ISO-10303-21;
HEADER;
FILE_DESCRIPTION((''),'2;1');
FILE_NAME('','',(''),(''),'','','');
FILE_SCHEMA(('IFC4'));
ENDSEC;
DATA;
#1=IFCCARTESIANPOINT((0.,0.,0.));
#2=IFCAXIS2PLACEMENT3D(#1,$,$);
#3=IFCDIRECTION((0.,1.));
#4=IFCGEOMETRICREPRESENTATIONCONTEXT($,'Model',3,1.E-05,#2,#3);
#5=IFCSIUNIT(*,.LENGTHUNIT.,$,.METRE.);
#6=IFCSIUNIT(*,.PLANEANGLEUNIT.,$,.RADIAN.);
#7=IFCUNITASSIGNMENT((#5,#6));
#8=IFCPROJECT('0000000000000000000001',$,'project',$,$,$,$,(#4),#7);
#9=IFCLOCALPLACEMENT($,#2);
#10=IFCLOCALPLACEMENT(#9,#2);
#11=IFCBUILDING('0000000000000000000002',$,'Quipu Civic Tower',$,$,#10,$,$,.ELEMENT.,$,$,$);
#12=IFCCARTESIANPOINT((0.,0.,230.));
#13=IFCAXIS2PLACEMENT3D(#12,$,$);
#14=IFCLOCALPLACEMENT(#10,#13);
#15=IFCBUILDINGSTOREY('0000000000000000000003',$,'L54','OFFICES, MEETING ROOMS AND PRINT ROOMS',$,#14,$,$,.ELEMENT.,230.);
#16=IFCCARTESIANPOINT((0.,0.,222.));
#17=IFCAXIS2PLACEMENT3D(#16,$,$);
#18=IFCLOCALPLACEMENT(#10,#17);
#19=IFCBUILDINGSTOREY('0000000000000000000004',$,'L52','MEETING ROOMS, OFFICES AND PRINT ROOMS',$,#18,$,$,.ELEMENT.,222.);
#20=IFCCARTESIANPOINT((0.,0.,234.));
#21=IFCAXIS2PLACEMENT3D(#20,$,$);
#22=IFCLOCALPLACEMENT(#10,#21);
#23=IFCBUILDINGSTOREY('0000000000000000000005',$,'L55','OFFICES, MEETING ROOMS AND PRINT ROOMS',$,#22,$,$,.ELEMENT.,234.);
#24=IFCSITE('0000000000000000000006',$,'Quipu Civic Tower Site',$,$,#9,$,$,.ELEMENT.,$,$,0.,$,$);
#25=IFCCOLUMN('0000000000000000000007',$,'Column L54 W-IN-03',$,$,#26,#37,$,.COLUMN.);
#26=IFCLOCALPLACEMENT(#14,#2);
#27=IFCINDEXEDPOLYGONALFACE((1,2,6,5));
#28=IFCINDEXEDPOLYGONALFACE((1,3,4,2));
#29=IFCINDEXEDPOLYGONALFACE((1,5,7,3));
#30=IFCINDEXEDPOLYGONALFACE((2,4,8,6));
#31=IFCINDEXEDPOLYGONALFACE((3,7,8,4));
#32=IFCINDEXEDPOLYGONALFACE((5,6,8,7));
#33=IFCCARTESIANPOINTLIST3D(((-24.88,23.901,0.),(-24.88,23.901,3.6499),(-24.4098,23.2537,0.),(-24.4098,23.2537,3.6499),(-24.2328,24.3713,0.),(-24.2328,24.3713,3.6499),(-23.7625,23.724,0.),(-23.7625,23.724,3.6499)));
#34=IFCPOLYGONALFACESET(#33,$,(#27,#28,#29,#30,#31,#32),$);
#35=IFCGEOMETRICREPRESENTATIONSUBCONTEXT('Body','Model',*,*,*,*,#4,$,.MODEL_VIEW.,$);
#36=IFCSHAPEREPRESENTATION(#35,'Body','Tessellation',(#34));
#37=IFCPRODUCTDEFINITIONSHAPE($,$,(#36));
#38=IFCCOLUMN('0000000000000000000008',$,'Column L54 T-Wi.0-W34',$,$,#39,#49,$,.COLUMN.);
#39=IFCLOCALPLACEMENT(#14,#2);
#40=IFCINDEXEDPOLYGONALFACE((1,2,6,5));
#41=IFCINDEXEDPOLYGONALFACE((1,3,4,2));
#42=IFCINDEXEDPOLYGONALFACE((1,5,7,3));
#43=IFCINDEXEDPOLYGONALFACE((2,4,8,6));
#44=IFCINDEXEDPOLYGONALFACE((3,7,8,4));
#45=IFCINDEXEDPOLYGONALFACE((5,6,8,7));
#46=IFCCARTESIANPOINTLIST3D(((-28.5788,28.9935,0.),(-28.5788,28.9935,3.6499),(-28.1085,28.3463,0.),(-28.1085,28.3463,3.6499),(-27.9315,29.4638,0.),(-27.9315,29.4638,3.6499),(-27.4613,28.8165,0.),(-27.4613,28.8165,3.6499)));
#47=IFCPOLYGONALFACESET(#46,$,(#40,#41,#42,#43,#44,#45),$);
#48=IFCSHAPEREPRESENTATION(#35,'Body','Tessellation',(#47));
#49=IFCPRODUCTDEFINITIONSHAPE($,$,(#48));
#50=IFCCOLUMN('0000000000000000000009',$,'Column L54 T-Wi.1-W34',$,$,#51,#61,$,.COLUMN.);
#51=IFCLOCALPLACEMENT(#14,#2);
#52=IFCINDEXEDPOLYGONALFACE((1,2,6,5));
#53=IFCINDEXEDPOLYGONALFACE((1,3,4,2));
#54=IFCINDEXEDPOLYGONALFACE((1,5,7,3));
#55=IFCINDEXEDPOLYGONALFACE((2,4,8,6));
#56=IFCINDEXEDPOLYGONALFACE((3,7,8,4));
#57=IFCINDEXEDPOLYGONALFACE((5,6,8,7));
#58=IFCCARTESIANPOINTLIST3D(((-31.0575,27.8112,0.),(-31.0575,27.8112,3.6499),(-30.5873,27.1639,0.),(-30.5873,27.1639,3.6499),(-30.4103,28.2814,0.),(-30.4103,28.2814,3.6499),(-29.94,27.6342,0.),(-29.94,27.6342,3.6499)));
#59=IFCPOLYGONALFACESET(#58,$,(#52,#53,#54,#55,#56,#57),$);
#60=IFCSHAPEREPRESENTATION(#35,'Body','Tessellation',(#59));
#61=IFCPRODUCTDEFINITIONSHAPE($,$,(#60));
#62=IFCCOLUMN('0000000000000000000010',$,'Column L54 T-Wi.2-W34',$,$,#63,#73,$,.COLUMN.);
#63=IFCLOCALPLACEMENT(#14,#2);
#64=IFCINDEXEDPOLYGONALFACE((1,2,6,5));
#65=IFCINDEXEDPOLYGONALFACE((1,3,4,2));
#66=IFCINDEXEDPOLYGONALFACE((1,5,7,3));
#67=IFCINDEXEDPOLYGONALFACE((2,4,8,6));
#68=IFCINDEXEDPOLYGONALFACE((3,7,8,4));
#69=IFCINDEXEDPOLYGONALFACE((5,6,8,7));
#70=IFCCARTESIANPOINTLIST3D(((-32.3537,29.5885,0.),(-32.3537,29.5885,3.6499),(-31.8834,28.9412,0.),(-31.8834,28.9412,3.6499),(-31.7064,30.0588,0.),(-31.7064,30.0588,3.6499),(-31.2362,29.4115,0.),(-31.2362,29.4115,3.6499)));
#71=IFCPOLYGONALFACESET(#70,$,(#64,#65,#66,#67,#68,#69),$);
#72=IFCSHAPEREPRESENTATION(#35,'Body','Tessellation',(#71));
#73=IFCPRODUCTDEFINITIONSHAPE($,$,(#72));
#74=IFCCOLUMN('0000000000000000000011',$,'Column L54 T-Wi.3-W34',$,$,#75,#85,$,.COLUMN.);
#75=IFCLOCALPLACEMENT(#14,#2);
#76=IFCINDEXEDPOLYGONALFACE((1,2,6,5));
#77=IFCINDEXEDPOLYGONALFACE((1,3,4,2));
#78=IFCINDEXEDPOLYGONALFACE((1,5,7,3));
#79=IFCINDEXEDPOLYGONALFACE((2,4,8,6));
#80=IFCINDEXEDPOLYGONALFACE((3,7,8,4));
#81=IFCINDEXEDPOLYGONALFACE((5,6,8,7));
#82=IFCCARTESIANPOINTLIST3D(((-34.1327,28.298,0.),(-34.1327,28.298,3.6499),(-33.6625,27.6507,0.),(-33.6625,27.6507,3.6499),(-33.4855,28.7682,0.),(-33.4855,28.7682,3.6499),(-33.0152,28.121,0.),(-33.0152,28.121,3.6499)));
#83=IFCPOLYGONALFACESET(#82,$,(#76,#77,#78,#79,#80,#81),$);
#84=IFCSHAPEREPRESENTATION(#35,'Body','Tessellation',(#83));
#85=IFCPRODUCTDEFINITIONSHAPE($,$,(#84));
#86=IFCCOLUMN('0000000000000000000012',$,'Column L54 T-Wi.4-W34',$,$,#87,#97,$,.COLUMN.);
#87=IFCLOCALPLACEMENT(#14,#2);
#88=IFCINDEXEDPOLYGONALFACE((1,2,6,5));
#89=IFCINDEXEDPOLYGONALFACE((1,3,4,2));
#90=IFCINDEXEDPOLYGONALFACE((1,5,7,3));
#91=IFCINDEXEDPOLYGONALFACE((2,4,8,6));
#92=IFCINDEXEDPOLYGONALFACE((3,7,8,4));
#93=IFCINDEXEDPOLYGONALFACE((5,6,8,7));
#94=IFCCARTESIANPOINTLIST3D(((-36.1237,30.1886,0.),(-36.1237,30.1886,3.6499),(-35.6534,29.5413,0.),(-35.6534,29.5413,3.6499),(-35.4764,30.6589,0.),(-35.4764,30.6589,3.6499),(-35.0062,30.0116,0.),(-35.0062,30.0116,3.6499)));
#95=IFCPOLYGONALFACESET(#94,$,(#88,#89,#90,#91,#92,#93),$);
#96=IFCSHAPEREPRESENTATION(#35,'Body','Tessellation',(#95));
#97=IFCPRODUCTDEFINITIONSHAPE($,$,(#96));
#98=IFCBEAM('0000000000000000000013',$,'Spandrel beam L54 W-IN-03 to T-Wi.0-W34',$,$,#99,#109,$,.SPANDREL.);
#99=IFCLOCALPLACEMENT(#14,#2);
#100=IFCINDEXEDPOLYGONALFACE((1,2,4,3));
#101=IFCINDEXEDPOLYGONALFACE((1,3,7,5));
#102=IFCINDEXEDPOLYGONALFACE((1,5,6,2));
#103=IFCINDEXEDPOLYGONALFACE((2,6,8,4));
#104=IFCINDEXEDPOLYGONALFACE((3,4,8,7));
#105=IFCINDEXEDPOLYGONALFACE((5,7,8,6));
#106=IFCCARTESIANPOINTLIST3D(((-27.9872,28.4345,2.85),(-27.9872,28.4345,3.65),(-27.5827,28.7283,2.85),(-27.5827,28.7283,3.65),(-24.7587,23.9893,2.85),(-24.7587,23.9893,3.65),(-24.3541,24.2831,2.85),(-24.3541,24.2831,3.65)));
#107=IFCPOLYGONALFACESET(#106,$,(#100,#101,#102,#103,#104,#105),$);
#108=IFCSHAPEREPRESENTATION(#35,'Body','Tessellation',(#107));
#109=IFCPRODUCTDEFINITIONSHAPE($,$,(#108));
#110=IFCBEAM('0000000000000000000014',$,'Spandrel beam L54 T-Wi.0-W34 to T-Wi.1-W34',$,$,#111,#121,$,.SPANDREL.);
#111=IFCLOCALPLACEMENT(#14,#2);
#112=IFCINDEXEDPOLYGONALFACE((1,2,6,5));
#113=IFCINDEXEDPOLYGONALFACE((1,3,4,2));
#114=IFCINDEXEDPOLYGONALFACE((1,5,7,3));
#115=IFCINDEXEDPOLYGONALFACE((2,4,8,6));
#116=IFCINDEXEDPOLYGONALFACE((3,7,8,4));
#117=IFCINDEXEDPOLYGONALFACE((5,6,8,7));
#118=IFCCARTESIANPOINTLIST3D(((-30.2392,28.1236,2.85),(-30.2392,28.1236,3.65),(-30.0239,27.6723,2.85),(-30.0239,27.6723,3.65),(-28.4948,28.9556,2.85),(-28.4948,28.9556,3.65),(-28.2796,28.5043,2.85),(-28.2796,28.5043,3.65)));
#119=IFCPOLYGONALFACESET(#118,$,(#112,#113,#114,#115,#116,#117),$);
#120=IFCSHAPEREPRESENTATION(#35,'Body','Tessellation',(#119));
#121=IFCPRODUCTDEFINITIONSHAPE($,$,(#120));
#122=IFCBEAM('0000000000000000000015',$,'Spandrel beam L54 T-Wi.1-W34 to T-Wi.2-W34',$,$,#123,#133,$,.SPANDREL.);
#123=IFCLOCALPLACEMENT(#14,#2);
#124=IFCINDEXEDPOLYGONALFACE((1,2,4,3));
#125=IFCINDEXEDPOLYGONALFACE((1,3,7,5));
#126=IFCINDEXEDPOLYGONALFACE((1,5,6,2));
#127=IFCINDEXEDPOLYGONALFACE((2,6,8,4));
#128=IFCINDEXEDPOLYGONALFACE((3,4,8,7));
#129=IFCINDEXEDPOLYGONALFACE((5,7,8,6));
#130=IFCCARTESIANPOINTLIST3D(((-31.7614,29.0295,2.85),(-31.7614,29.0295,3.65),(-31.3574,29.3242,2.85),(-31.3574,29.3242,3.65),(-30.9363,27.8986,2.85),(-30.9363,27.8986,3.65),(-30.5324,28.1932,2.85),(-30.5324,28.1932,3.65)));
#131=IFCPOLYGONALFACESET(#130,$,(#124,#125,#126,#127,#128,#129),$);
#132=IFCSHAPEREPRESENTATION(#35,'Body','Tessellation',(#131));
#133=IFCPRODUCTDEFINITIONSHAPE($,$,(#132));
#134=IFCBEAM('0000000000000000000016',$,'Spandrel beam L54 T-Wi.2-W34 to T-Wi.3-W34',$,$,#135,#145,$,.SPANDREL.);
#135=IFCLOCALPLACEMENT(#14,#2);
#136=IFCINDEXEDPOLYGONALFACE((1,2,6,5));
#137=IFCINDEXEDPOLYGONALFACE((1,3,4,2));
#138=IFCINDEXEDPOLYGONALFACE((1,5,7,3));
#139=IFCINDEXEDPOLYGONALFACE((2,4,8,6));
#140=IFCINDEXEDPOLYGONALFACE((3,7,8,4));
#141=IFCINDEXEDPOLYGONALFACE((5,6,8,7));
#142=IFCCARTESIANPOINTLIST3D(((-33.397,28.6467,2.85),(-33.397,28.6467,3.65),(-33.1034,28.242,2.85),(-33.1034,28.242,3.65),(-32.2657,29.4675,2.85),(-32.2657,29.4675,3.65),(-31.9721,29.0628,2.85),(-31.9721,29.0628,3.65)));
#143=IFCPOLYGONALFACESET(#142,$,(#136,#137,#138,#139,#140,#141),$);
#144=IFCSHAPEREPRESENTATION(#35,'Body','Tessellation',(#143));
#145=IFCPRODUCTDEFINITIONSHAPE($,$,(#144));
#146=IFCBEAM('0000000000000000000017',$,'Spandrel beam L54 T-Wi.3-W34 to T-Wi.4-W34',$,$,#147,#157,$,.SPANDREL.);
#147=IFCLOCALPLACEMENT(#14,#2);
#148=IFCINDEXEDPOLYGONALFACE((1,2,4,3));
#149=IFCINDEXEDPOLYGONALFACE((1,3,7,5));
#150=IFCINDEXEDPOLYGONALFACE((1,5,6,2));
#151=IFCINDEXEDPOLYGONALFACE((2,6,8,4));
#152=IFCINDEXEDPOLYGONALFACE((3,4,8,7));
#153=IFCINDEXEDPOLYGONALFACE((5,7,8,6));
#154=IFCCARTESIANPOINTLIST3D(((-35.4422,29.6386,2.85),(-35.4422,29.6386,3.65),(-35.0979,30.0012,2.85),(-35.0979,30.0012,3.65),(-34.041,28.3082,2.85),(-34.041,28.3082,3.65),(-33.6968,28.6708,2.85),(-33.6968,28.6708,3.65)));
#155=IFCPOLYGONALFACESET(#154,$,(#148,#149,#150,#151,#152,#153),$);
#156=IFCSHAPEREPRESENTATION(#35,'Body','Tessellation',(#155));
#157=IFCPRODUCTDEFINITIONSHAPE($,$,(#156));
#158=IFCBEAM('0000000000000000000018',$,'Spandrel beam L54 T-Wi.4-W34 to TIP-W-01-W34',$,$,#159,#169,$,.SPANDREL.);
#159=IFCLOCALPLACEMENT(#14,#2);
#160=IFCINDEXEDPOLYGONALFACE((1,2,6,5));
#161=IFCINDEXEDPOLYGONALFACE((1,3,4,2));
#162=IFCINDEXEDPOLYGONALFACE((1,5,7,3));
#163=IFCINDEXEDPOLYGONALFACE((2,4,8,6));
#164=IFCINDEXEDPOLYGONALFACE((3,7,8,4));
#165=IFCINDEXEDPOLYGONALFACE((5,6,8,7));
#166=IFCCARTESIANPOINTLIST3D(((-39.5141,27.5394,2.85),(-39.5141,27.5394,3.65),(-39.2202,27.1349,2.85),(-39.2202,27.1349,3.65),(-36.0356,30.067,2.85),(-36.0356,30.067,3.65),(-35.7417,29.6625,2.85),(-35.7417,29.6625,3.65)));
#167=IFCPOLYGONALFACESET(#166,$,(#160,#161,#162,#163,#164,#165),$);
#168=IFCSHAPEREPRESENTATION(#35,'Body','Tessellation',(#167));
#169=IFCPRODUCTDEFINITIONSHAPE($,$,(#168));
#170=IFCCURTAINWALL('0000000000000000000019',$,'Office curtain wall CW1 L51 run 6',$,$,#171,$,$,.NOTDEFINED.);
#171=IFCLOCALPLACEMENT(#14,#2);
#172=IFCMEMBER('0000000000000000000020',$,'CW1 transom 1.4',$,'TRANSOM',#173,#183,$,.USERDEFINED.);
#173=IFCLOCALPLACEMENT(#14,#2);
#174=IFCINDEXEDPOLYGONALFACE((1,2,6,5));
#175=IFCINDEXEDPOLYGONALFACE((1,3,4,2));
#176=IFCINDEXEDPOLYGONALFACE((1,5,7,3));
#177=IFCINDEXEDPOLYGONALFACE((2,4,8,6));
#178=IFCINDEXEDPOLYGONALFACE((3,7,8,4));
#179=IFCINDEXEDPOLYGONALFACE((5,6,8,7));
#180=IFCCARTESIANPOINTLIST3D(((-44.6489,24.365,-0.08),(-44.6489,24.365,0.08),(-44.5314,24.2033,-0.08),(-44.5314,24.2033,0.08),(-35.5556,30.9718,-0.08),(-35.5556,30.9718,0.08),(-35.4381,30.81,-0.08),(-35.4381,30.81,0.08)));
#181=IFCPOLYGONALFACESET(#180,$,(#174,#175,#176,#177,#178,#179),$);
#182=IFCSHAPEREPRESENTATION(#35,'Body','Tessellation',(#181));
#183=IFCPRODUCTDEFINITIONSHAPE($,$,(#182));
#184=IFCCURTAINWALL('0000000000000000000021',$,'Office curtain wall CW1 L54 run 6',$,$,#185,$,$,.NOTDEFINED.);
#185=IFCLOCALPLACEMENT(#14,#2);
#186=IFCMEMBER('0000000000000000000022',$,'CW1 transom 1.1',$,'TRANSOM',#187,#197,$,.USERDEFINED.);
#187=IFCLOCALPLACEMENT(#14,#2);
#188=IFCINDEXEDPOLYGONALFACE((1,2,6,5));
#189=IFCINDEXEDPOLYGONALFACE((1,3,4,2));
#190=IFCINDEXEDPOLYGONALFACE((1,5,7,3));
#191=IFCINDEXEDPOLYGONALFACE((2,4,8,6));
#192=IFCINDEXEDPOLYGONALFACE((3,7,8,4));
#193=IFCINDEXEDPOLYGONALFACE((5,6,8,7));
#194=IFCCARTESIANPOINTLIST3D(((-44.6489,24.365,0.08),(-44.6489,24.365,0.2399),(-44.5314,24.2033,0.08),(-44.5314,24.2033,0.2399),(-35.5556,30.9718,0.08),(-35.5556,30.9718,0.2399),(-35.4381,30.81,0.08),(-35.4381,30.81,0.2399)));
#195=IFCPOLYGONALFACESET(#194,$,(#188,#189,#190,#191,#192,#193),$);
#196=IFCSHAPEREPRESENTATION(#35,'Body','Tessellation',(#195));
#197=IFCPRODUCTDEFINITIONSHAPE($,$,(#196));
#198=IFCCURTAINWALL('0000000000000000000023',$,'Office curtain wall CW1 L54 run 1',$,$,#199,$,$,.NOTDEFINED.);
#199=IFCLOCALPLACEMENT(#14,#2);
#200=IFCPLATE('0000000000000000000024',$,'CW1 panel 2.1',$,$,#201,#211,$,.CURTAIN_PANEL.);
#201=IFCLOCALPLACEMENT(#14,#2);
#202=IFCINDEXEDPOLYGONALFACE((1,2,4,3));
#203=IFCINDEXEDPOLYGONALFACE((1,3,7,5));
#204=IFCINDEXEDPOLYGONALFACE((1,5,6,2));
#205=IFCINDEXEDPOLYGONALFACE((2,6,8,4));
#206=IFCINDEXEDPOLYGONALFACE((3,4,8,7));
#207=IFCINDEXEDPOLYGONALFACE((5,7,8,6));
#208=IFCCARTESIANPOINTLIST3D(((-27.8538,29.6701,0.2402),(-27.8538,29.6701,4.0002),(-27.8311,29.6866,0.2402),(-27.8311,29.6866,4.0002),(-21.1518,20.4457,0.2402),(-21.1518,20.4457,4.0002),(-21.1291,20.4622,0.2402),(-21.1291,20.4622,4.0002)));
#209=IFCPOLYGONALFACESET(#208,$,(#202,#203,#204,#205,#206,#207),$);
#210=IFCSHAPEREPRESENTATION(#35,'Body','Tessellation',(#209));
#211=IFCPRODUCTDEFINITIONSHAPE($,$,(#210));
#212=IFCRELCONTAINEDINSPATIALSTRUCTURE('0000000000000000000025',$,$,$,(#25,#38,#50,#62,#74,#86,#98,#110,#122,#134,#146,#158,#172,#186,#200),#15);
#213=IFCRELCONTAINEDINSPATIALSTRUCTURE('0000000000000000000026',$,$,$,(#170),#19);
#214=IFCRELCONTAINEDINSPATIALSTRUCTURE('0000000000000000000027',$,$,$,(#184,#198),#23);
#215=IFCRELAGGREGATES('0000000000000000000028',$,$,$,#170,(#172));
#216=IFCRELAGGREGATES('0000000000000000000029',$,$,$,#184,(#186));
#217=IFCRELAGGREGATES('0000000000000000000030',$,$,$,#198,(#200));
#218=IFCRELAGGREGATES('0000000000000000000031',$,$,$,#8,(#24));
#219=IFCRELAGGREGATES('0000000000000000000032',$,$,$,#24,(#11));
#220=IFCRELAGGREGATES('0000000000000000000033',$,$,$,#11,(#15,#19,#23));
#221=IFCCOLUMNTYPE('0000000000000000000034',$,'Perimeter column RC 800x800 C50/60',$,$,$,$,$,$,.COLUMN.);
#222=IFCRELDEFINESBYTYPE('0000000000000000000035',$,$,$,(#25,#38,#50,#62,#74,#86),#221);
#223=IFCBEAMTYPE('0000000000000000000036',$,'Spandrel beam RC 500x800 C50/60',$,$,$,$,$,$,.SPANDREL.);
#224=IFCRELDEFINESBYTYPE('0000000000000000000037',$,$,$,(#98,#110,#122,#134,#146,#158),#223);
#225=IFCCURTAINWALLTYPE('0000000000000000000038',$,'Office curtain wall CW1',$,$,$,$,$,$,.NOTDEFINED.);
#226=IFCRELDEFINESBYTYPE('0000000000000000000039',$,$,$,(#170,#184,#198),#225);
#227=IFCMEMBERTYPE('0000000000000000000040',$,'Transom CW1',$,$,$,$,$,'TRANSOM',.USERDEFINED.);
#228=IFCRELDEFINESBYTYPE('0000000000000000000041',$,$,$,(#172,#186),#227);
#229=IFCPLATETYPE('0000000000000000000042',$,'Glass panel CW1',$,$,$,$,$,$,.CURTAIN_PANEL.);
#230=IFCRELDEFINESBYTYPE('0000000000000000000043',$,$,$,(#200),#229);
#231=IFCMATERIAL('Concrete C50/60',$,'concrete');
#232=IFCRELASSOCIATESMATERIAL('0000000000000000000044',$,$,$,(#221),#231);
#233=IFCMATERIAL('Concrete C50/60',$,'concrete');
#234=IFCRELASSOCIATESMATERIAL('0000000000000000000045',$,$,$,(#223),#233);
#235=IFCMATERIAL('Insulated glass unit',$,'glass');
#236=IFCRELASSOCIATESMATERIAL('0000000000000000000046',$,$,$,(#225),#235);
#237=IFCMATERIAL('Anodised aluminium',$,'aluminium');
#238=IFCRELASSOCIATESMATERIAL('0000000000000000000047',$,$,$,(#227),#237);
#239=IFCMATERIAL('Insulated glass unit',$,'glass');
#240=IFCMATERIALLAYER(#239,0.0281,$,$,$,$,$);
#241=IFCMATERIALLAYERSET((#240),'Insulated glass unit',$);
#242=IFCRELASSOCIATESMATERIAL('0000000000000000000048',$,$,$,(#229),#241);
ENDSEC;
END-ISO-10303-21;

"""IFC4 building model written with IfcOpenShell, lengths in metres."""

from ifc_helpers import new_model, si_unit, direction, frame, origin, origin_2d, place, context, subcontext, project, spatial, rectangle, extrude, material, layer, layer_set, material_profile, profile_set, type_object, element, aggregate, save


model = new_model("IFC4")

# Units and contexts
model_context = context("Model", 3, precision=1e-05, world=origin(), true_north=direction((0.0, 1.0)))
body_context = subcontext(model_context, "Body", "Model", "MODEL_VIEW")
ifc_project = project(units=[si_unit("LENGTHUNIT", "METRE"), si_unit("PLANEANGLEUNIT", "RADIAN")], contexts=[model_context])

# Site, building, storey
site_placement = place(None, origin())
site = spatial("IfcSite", under=ifc_project, at=site_placement, Name="Quipu Civic Tower Site", CompositionType="ELEMENT", RefElevation=0.0)
building_placement = place(site_placement, origin())
building = spatial("IfcBuilding", under=site, at=building_placement, Name="Quipu Civic Tower", CompositionType="ELEMENT")
storey_1_placement = place(building_placement, frame((0.0, 0.0, 230.0)))
storey_1 = spatial("IfcBuildingStorey", under=building, at=storey_1_placement, Name="L54", Description="OFFICES, MEETING ROOMS AND PRINT ROOMS", CompositionType="ELEMENT", Elevation=230.0)

# Columns
ifc_material_1 = material(Name="Concrete C50/60", Category="concrete")
ifc_material_profile_1 = material_profile(ifc_material_1, rectangle(XDim=0.8, YDim=0.8, at=origin_2d()), Name="RC800x800")
ifc_profile_set_1 = profile_set([ifc_material_profile_1], Name="Concrete C50/60")
column_type = type_object("IfcColumnType", Name="Perimeter column RC 800x800 C50/60", PredefinedType="COLUMN", material=ifc_profile_set_1)
for number, where, z_axis, x_axis, name in (
    (1, (-24.3213, 23.8125, 0.0), (0.0, 0.0, 1.0), (-0.587785, 0.809017, 0.0), "Column L54 W-IN-03"),
    (2, (-28.02, 28.905, 0.0), (0.0, 0.0, 1.0), (-0.809017, -0.587785, 0.0), "Column L54 T-Wi.0-W34"),
    (3, (-30.4988, 27.7227, 0.0), (0.0, 0.0, 1.0), (-0.809017, -0.587785, 0.0), "Column L54 T-Wi.1-W34"),
    (4, (-31.7949, 29.5, 0.0), (0.0, 0.0, 1.0), (-0.587785, 0.809017, 0.0), "Column L54 T-Wi.2-W34"),
    (5, (-33.574, 28.2095, 0.0), (0.0, 0.0, 1.0), (-0.587785, 0.809017, 0.0), "Column L54 T-Wi.3-W34"),
    (6, (-35.5649, 30.1001, 0.0), (0.0, 0.0, 1.0), (-0.809017, -0.587785, 0.0), "Column L54 T-Wi.4-W34"),
):
    element("IfcColumn", number, at=place(storey_1_placement, frame(where, z_axis=z_axis, x_axis=x_axis)), inside=storey_1, type_object=column_type, Name=name, PredefinedType="COLUMN", context=body_context, shape_type="SweptSolid", body=[
        extrude(rectangle(XDim=0.8, YDim=0.8, at=origin_2d()), origin(), (0.0, 0.0, 1.0), 3.6499),
    ])

# Beams
ifc_material_2 = material(Name="Concrete C50/60", Category="concrete")
ifc_material_profile_2 = material_profile(ifc_material_2, rectangle(XDim=0.5, YDim=0.8, at=origin_2d()), Name="RC500x800")
ifc_profile_set_2 = profile_set([ifc_material_profile_2], Name="Concrete C50/60")
beam_type = type_object("IfcBeamType", Name="Spandrel beam RC 500x800 C50/60", PredefinedType="SPANDREL", material=ifc_profile_set_2)
beam_1_placement = place(storey_1_placement, frame((-24.5564, 24.1362, 3.25), z_axis=(-0.587664, 0.809105, 0.0), x_axis=(-0.809105, -0.587664, 0.0)))
element("IfcBeam", 7, at=beam_1_placement, inside=storey_1, type_object=beam_type, Name="Spandrel beam L54 W-IN-03 to T-Wi.0-W34", PredefinedType="SPANDREL", context=body_context, shape_type="SweptSolid", body=[
    extrude(rectangle(XDim=0.5, YDim=0.8, at=origin_2d()), origin(), (0.0, 0.0, 1.0), 5.4939),
])
beam_2_placement = place(storey_1_placement, frame((-28.3872, 28.73, 3.25), z_axis=(-0.902585, -0.430512, 0.0), x_axis=(0.430512, -0.902585, 0.0)))
element("IfcBeam", 8, at=beam_2_placement, inside=storey_1, type_object=beam_type, Name="Spandrel beam L54 T-Wi.0-W34 to T-Wi.1-W34", PredefinedType="SPANDREL", context=body_context, shape_type="SweptSolid", body=[
    extrude(rectangle(XDim=0.5, YDim=0.8, at=origin_2d()), origin(), (0.0, 0.0, 1.0), 1.9326),
])
beam_3_placement = place(storey_1_placement, frame((-30.7344, 28.0459, 3.25), z_axis=(-0.589343, 0.807883, 0.0), x_axis=(-0.807883, -0.589343, 0.0)))
element("IfcBeam", 9, at=beam_3_placement, inside=storey_1, type_object=beam_type, Name="Spandrel beam L54 T-Wi.1-W34 to T-Wi.2-W34", PredefinedType="SPANDREL", context=body_context, shape_type="SweptSolid", body=[
    extrude(rectangle(XDim=0.5, YDim=0.8, at=origin_2d()), origin(), (0.0, 0.0, 1.0), 1.3999),
])
beam_4_placement = place(storey_1_placement, frame((-32.1189, 29.2651, 3.25), z_axis=(-0.809415, -0.587237, 0.0), x_axis=(0.587237, -0.809415, 0.0)))
element("IfcBeam", 10, at=beam_4_placement, inside=storey_1, type_object=beam_type, Name="Spandrel beam L54 T-Wi.2-W34 to T-Wi.3-W34", PredefinedType="SPANDREL", context=body_context, shape_type="SweptSolid", body=[
    extrude(rectangle(XDim=0.5, YDim=0.8, at=origin_2d()), origin(), (0.0, 0.0, 1.0), 1.3977),
])
beam_5_placement = place(storey_1_placement, frame((-33.8689, 28.4895, 3.25), z_axis=(-0.725192, 0.688547, 0.0), x_axis=(-0.688547, -0.725192, 0.0)))
element("IfcBeam", 11, at=beam_5_placement, inside=storey_1, type_object=beam_type, Name="Spandrel beam L54 T-Wi.3-W34 to T-Wi.4-W34", PredefinedType="SPANDREL", context=body_context, shape_type="SweptSolid", body=[
    extrude(rectangle(XDim=0.5, YDim=0.8, at=origin_2d()), origin(), (0.0, 0.0, 1.0), 1.9321),
])
beam_6_placement = place(storey_1_placement, frame((-35.8887, 29.8647, 3.25), z_axis=(-0.808984, -0.587831, 0.0), x_axis=(0.587831, -0.808984, 0.0)))
element("IfcBeam", 12, at=beam_6_placement, inside=storey_1, type_object=beam_type, Name="Spandrel beam L54 T-Wi.4-W34 to TIP-W-01-W34", PredefinedType="SPANDREL", context=body_context, shape_type="SweptSolid", body=[
    extrude(rectangle(XDim=0.5, YDim=0.8, at=origin_2d()), origin(), (0.0, 0.0, 1.0), 4.2998),
])

# Shared definitions
storey_2_placement = place(building_placement, frame((0.0, 0.0, 222.0)))
storey_2 = spatial("IfcBuildingStorey", under=building, at=storey_2_placement, Name="L52", Description="MEETING ROOMS, OFFICES AND PRINT ROOMS", CompositionType="ELEMENT", Elevation=222.0)

# Curtain wall, member
ifc_material_3 = material(Name="Insulated glass unit", Category="glass")
curtain_wall_type = type_object("IfcCurtainWallType", Name="Office curtain wall CW1", PredefinedType="NOTDEFINED", material=ifc_material_3)
curtain_wall_1_placement = place(storey_2_placement, origin())
curtain_wall_1 = element("IfcCurtainWall", 13, at=curtain_wall_1_placement, inside=storey_2, type_object=curtain_wall_type, Name="Office curtain wall CW1 L51 run 6", PredefinedType="NOTDEFINED")
ifc_material_4 = material(Name="Anodised aluminium", Category="aluminium")
ifc_material_profile_3 = material_profile(ifc_material_4, rectangle(XDim=0.2, YDim=0.1599, at=origin_2d()), Name="RECT 200x160")
ifc_profile_set_3 = profile_set([ifc_material_profile_3], Name="Anodised aluminium")
member_type = type_object("IfcMemberType", Name="Transom CW1", ElementType="TRANSOM", PredefinedType="USERDEFINED", material=ifc_profile_set_3)
member_1_placement = place(storey_1_placement, frame((-35.4968, 30.8909, 0.0), z_axis=(-0.809015, -0.587788, 0.0), x_axis=(0.587788, -0.809015, 0.0)))
member_1 = element("IfcMember", 14, at=member_1_placement, inside=storey_1, type_object=member_type, Name="CW1 transom 1.4", ObjectType="TRANSOM", PredefinedType="USERDEFINED", context=body_context, shape_type="SweptSolid", body=[
    extrude(rectangle(XDim=0.2, YDim=0.1599, at=origin_2d()), origin(), (0.0, 0.0, 1.0), 11.24),
])
aggregate(curtain_wall_1, [member_1])

# Shared definitions
storey_3_placement = place(building_placement, frame((0.0, 0.0, 234.0)))
storey_3 = spatial("IfcBuildingStorey", under=building, at=storey_3_placement, Name="L55", Description="OFFICES, MEETING ROOMS AND PRINT ROOMS", CompositionType="ELEMENT", Elevation=234.0)

# Curtain wall, member
curtain_wall_2_placement = place(storey_3_placement, origin())
curtain_wall_2 = element("IfcCurtainWall", 15, at=curtain_wall_2_placement, inside=storey_3, type_object=curtain_wall_type, Name="Office curtain wall CW1 L54 run 6", PredefinedType="NOTDEFINED")
member_2_placement = place(storey_1_placement, frame((-35.4968, 30.8909, 0.1599), z_axis=(-0.809015, -0.587788, 0.0), x_axis=(0.587788, -0.809015, 0.0)))
member_2 = element("IfcMember", 16, at=member_2_placement, inside=storey_1, type_object=member_type, Name="CW1 transom 1.1", ObjectType="TRANSOM", PredefinedType="USERDEFINED", context=body_context, shape_type="SweptSolid", body=[
    extrude(rectangle(XDim=0.2, YDim=0.1599, at=origin_2d()), origin(), (0.0, 0.0, 1.0), 11.24),
])
aggregate(curtain_wall_2, [member_2])

# Curtain wall, plate
curtain_wall_3_placement = place(storey_3_placement, origin())
curtain_wall_3 = element("IfcCurtainWall", 17, at=curtain_wall_3_placement, inside=storey_3, type_object=curtain_wall_type, Name="Office curtain wall CW1 L54 run 1", PredefinedType="NOTDEFINED")
ifc_material_5 = material(Name="Insulated glass unit", Category="glass")
ifc_layer = layer(ifc_material_5, 0.0281)
ifc_layer_set = layer_set([ifc_layer], Name="Insulated glass unit")
plate_type_1 = type_object("IfcPlateType", Name="Glass panel CW1", PredefinedType="CURTAIN_PANEL", material=ifc_layer_set)
plate_placement = place(storey_1_placement, frame((-24.4915, 25.0662, 0.2402), z_axis=(0.0, 0.0, 1.0), x_axis=(-0.587789, 0.809014, 0.0)))
plate = element("IfcPlate", 18, at=plate_placement, inside=storey_1, type_object=plate_type_1, Name="CW1 panel 2.1", PredefinedType="CURTAIN_PANEL", context=body_context, shape_type="SweptSolid", body=[
    extrude(rectangle(XDim=11.4021, YDim=0.0281, at=origin_2d()), origin(), (0.0, 0.0, 1.0), 3.76),
])
aggregate(curtain_wall_3, [plate])

save(model, "model.ifc")
